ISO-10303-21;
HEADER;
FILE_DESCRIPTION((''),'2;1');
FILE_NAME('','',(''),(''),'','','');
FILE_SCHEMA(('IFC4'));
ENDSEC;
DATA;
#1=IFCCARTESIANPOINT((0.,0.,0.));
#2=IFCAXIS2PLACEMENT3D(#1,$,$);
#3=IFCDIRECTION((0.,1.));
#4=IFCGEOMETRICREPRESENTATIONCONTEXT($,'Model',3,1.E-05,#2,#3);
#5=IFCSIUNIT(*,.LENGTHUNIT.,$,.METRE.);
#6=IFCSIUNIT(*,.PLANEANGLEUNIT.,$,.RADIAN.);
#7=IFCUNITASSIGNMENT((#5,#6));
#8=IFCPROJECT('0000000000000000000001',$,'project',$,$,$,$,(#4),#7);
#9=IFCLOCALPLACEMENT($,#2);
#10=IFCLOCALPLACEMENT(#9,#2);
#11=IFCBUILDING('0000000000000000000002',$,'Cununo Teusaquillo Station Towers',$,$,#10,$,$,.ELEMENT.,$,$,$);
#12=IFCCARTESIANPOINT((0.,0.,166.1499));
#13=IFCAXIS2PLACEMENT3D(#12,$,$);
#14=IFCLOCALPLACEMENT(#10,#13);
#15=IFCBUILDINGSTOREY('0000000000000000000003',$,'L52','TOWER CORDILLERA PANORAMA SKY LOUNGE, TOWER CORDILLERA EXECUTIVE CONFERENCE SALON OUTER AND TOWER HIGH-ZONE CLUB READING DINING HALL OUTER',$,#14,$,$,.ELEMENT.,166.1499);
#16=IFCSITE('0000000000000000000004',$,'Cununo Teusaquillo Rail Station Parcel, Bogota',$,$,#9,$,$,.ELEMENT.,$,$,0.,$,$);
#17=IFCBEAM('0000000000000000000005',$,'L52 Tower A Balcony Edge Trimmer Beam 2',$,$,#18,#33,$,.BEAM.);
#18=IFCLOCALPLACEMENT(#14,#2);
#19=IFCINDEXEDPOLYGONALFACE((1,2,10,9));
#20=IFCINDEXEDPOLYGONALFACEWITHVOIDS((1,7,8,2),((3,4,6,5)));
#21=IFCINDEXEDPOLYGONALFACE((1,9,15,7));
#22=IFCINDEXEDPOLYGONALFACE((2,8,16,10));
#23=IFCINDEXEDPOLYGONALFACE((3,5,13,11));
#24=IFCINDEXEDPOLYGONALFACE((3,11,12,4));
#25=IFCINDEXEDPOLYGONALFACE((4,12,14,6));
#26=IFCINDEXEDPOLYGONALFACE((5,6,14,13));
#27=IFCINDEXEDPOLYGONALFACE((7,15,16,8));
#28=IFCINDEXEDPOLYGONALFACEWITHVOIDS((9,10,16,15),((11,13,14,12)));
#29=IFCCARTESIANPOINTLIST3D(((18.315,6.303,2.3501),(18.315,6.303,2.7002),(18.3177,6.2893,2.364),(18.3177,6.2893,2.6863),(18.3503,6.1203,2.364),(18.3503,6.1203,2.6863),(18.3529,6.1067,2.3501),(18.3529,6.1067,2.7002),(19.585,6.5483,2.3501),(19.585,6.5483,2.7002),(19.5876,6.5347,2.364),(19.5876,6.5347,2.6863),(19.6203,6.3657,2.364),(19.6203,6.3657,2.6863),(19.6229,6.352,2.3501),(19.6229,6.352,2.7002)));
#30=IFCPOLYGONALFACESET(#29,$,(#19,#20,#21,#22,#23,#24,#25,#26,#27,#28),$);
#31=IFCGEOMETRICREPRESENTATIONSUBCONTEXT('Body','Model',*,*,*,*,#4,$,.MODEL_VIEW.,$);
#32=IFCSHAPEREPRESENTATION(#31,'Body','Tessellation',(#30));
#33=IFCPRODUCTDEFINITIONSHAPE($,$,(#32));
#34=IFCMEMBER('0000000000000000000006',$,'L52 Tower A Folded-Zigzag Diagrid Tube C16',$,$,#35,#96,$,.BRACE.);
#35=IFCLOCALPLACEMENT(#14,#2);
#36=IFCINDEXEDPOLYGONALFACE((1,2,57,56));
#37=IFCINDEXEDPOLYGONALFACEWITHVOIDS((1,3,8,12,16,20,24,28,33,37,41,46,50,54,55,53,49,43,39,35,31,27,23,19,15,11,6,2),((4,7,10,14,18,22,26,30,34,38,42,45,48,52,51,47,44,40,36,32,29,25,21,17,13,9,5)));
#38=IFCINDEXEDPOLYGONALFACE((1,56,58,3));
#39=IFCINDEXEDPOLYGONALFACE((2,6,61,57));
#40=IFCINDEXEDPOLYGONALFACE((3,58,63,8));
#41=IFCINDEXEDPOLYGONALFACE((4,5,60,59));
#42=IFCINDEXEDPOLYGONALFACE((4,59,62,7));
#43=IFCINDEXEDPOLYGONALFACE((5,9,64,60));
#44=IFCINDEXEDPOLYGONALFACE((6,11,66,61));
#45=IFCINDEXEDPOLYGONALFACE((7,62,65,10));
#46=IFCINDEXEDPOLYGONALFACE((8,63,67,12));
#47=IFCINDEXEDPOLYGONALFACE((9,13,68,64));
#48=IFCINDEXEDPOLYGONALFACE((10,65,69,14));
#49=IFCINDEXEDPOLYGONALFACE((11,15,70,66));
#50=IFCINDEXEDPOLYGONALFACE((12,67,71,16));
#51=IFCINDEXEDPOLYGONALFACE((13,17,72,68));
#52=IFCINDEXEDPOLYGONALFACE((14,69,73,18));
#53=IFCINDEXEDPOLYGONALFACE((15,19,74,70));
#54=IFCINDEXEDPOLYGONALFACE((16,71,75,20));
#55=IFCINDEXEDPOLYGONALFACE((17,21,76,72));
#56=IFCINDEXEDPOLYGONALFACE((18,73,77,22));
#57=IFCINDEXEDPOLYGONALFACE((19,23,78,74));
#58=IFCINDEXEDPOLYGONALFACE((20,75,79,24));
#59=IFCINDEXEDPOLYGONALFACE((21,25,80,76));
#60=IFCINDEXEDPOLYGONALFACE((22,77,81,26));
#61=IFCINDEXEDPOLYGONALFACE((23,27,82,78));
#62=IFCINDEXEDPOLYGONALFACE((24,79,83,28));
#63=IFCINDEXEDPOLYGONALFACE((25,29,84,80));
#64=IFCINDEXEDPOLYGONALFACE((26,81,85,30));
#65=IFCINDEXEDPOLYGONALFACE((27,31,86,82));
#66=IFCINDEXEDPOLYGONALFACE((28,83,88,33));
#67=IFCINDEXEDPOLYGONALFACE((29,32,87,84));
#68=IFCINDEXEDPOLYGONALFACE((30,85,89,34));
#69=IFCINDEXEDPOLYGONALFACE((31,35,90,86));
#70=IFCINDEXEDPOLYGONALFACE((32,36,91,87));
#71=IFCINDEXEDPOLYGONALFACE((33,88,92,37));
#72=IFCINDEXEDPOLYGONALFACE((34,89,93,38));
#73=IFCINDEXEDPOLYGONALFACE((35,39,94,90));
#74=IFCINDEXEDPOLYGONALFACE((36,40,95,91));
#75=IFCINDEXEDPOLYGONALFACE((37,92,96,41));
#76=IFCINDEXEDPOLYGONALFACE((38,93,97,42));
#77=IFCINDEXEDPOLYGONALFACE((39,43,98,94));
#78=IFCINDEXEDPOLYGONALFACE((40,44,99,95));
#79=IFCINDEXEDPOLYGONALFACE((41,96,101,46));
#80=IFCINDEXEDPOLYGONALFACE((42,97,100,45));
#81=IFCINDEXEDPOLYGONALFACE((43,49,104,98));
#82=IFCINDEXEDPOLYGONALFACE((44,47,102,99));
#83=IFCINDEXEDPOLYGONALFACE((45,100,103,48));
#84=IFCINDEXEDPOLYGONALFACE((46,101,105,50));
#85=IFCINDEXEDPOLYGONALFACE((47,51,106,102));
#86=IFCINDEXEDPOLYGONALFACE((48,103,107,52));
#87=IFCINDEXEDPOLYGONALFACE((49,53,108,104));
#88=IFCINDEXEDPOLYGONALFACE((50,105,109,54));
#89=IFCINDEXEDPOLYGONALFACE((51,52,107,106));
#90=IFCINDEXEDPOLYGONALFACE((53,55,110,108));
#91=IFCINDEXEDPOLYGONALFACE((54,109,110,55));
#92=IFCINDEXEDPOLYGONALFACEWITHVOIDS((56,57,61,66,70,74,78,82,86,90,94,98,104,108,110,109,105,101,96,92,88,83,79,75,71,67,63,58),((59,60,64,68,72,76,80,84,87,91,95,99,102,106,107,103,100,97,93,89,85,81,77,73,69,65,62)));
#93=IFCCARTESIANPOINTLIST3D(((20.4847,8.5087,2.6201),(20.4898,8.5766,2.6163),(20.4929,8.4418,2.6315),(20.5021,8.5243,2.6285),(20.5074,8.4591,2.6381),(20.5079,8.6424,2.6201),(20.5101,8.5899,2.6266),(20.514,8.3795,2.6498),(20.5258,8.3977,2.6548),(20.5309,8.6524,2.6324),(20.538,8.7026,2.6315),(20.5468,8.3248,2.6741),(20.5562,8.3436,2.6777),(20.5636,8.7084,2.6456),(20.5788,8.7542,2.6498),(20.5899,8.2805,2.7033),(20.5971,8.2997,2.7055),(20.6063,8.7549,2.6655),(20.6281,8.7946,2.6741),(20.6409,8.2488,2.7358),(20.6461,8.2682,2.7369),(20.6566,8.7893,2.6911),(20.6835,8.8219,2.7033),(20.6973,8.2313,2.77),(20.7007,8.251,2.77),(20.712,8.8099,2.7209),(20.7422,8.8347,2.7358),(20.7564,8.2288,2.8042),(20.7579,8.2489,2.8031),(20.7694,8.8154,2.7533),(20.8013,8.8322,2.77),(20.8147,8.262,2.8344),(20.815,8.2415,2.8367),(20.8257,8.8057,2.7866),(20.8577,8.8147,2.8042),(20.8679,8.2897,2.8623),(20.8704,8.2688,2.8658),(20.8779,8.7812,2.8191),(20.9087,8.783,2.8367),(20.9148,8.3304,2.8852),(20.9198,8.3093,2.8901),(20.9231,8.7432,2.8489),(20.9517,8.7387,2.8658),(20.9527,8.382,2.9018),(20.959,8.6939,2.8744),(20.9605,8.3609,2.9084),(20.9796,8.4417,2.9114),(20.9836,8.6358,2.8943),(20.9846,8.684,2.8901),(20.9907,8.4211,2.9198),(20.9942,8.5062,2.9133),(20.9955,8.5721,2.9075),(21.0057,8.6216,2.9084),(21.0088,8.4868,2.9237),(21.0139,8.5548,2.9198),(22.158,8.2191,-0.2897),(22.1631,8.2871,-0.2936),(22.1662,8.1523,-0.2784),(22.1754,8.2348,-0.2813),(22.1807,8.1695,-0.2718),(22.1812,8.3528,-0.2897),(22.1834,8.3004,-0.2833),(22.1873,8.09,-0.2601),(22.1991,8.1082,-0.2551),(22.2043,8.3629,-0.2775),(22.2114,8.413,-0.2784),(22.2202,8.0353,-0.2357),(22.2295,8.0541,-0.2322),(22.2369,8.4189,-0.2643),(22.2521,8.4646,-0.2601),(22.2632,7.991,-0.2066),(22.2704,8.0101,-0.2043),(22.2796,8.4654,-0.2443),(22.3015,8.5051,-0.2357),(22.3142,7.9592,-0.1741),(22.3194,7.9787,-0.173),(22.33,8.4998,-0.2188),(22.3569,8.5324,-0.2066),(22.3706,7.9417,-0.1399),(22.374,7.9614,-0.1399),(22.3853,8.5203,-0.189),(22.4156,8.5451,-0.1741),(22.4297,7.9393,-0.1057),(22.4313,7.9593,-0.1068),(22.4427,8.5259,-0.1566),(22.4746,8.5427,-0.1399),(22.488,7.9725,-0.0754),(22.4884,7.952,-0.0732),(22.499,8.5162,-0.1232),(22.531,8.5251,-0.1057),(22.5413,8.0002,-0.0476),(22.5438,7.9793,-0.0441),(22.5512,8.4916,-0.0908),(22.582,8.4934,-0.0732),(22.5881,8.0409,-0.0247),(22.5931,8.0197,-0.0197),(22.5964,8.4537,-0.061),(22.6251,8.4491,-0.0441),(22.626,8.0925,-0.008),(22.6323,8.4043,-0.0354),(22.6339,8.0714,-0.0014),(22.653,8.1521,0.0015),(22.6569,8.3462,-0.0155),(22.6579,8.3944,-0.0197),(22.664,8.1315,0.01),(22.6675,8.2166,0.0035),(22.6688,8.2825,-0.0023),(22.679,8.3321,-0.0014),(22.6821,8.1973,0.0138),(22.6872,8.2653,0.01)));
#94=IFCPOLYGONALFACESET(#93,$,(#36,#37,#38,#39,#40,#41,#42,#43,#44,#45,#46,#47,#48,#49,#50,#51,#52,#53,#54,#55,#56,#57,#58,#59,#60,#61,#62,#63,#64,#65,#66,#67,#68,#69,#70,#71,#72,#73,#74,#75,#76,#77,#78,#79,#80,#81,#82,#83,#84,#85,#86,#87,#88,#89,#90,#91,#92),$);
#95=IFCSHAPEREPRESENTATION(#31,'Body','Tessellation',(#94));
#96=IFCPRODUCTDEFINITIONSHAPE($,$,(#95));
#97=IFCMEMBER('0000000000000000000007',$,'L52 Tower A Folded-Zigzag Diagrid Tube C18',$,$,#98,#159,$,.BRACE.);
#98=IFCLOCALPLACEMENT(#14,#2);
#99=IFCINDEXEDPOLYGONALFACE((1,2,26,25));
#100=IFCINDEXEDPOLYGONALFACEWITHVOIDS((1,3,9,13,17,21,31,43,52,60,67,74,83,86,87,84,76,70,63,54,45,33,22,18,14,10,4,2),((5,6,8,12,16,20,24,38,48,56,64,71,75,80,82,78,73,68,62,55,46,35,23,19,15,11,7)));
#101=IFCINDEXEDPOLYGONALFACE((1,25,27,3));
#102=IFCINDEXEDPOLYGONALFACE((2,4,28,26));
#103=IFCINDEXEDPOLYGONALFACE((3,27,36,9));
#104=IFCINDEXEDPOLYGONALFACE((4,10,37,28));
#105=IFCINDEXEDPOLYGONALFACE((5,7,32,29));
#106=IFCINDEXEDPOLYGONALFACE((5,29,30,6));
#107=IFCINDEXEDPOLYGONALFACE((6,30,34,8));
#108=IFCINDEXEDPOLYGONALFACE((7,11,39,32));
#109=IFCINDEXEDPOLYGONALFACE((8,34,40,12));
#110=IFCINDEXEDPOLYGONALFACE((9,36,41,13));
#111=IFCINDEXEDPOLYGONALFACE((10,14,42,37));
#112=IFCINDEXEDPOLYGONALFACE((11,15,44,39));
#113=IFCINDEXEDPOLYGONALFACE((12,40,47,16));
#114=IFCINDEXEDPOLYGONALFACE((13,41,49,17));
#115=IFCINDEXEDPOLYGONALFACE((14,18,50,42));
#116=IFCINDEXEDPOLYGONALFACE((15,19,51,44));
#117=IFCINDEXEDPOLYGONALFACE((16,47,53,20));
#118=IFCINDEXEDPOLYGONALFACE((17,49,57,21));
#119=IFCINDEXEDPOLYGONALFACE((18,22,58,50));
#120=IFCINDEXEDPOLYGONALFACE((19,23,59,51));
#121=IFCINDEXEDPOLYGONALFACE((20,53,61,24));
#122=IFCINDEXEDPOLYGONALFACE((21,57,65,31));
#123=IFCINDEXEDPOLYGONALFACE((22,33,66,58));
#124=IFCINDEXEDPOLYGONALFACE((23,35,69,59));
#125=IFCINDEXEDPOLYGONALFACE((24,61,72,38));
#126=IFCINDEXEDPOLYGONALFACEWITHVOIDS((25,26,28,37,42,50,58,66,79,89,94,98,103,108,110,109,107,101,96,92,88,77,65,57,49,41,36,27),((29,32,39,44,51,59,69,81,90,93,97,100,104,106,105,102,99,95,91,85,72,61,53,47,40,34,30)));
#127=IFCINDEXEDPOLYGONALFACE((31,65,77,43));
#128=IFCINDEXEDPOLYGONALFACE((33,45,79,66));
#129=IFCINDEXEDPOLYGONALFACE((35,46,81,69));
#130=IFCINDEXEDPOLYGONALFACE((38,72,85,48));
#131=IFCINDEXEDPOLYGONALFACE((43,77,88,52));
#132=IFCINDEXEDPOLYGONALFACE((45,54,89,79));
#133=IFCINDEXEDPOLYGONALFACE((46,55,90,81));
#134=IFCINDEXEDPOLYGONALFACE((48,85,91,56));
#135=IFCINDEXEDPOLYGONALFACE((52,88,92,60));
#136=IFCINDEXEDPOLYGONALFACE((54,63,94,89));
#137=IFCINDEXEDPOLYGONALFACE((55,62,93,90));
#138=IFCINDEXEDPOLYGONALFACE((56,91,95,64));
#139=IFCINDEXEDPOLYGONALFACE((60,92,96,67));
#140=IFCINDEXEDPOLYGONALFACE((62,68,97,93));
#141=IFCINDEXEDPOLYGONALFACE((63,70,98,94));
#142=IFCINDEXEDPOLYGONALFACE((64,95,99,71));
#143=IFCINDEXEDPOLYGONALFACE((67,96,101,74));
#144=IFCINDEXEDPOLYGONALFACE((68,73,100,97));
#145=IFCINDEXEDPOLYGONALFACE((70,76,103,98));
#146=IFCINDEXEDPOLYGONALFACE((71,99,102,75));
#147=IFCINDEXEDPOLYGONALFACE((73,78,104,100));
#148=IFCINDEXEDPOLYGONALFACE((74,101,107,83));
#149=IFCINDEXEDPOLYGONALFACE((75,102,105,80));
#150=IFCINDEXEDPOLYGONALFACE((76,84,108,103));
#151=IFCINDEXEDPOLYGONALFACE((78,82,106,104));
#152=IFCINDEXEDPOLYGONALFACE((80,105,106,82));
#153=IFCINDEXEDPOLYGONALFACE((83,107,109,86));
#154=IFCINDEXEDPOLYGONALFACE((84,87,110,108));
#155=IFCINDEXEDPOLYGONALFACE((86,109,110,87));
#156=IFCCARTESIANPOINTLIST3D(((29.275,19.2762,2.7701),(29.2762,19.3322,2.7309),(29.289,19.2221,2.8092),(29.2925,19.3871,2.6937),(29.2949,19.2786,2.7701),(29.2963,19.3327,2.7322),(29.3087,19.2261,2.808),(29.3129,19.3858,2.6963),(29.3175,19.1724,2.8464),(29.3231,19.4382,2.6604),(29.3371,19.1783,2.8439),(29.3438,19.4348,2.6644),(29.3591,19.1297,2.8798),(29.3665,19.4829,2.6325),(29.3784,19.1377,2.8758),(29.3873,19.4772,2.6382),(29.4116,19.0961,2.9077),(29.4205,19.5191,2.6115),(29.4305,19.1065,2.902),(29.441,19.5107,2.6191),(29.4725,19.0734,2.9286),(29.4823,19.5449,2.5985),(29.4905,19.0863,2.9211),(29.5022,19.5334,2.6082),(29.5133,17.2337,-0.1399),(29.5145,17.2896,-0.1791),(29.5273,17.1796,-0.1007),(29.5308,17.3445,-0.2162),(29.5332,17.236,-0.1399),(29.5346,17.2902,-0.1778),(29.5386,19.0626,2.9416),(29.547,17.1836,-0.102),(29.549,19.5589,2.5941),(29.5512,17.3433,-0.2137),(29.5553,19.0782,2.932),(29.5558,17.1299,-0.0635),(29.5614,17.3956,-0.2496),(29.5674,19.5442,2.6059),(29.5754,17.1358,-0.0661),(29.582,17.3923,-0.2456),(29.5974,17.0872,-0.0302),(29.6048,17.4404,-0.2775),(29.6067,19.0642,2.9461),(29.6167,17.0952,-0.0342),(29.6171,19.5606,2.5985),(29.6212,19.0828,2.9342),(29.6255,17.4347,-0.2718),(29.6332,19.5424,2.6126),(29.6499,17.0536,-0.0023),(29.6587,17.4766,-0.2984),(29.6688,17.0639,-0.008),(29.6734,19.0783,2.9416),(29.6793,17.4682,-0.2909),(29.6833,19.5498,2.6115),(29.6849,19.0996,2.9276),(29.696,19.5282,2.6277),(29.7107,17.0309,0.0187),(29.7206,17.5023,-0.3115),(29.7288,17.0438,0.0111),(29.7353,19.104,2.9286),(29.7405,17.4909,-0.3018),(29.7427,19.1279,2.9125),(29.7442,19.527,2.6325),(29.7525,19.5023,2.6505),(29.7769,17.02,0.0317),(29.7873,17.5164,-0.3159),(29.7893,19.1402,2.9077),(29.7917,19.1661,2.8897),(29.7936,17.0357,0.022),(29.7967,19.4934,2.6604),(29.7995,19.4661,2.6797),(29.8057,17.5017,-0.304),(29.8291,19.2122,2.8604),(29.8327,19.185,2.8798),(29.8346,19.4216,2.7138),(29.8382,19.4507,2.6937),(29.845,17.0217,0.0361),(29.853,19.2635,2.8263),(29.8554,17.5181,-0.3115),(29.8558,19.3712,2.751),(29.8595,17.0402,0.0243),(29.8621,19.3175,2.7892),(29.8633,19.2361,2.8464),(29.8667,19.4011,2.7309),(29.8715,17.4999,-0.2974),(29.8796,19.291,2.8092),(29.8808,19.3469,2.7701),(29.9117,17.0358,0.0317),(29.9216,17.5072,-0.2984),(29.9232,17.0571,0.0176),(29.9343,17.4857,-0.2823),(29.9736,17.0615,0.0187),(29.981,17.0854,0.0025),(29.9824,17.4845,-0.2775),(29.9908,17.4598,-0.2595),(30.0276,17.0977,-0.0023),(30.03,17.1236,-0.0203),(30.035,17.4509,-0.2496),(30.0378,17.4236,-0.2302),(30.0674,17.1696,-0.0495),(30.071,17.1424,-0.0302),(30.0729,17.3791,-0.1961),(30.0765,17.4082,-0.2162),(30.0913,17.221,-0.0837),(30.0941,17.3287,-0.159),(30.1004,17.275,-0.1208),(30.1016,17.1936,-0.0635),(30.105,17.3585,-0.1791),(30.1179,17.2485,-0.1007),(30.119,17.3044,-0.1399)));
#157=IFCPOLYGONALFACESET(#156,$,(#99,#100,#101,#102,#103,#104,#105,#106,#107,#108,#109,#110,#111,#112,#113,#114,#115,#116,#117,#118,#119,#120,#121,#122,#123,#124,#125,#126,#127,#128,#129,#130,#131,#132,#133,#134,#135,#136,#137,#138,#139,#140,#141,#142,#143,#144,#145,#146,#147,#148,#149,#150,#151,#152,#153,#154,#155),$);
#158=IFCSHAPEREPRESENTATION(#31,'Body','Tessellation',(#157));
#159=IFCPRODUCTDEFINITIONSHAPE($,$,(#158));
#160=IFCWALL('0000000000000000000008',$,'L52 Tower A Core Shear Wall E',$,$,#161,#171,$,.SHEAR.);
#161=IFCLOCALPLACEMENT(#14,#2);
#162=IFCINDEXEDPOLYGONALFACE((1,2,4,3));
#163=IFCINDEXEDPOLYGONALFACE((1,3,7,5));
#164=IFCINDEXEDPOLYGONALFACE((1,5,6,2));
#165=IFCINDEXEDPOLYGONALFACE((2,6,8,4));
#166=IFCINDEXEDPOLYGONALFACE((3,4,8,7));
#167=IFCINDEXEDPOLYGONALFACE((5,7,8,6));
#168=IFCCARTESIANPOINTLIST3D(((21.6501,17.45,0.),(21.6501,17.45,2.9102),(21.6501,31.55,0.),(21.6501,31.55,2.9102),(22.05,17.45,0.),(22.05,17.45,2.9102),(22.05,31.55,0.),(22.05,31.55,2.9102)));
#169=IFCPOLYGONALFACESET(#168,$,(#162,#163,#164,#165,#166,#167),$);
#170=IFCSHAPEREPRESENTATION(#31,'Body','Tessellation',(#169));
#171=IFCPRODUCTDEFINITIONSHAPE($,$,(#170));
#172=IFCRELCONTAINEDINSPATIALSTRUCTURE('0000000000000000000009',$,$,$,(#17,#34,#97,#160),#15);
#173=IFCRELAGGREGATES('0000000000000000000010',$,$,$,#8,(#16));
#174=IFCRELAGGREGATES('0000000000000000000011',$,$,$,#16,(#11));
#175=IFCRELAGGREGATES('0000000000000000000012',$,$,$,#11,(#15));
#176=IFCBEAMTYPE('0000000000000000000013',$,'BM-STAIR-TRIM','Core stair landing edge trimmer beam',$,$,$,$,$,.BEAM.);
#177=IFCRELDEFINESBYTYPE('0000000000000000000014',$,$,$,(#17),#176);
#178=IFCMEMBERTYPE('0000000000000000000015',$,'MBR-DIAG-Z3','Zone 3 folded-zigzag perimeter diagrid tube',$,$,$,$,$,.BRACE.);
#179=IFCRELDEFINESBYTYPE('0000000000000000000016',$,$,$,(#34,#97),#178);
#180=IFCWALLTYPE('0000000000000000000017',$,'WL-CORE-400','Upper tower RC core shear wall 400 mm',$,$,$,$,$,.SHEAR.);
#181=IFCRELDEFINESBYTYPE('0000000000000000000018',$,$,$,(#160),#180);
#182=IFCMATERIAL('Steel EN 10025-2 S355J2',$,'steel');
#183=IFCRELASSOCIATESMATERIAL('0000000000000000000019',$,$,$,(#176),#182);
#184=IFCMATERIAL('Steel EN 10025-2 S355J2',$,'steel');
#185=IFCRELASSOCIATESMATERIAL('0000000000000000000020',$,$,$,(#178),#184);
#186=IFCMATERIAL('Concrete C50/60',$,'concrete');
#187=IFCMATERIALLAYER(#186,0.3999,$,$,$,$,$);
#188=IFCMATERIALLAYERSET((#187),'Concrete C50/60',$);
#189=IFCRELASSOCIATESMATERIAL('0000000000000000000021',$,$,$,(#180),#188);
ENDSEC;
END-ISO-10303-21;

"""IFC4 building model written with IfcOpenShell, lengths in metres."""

from ifc_helpers import new_model, si_unit, direction, frame, frame_2d, origin, origin_2d, place, context, subcontext, project, spatial, rectangle, hollow_rectangle, hollow_circle, extrude, material, layer, layer_set, material_profile, profile_set, type_object, element, save


model = new_model("IFC4")

# Units and contexts
model_context = context("Model", 3, precision=1e-05, world=origin(), true_north=direction((0.0, 1.0)))
body_context = subcontext(model_context, "Body", "Model", "MODEL_VIEW")
ifc_project = project(units=[si_unit("LENGTHUNIT", "METRE"), si_unit("PLANEANGLEUNIT", "RADIAN")], contexts=[model_context])

# Site, building, storey
site_placement = place(None, origin())
site = spatial("IfcSite", under=ifc_project, at=site_placement, Name="Cununo Teusaquillo Rail Station Parcel, Bogota", CompositionType="ELEMENT", RefElevation=0.0)
building_placement = place(site_placement, origin())
building = spatial("IfcBuilding", under=site, at=building_placement, Name="Cununo Teusaquillo Station Towers", CompositionType="ELEMENT")
storey_placement = place(building_placement, frame((0.0, 0.0, 166.1499)))
storey = spatial("IfcBuildingStorey", under=building, at=storey_placement, Name="L52", Description="TOWER CORDILLERA PANORAMA SKY LOUNGE, TOWER CORDILLERA EXECUTIVE CONFERENCE SALON OUTER AND TOWER HIGH-ZONE CLUB READING DINING HALL OUTER", CompositionType="ELEMENT", Elevation=166.1499)

# Beam
ifc_material_1 = material(Name="Steel EN 10025-2 S355J2", Category="steel")
ifc_material_profile_1 = material_profile(ifc_material_1, hollow_rectangle(XDim=0.2, YDim=0.3501, WallThickness=0.0139, at=origin_2d()), Name="RHS 350x200x14")
ifc_profile_set_1 = profile_set([ifc_material_profile_1], Name="Steel EN 10025-2 S355J2")
beam_type_1 = type_object("IfcBeamType", Name="BM-STAIR-TRIM", Description="Core stair landing edge trimmer beam", PredefinedType="BEAM", material=ifc_profile_set_1)
beam_1_placement = place(storey_placement, frame((18.334, 6.2048, 2.5251), z_axis=(0.981845, 0.189687, 0.0), x_axis=(-0.189687, 0.981845, 0.0)))
element("IfcBeam", 1, at=beam_1_placement, inside=storey, type_object=beam_type_1, Name="L52 Tower A Balcony Edge Trimmer Beam 2", PredefinedType="BEAM", context=body_context, shape_type="SweptSolid", body=[
    extrude(hollow_rectangle(XDim=0.2, YDim=0.3501, WallThickness=0.0139, at=origin_2d()), origin(), (0.0, 0.0, 1.0), 1.2935),
])

# Members
ifc_material_2 = material(Name="Steel EN 10025-2 S355J2", Category="steel")
ifc_material_profile_2 = material_profile(ifc_material_2, hollow_circle(Radius=0.3049, WallThickness=0.02, at=origin_2d()), Name="CHS 610x20")
ifc_profile_set_2 = profile_set([ifc_material_profile_2], Name="Steel EN 10025-2 S355J2")
member_type = type_object("IfcMemberType", Name="MBR-DIAG-Z3", Description="Zone 3 folded-zigzag perimeter diagrid tube", PredefinedType="BRACE", material=ifc_profile_set_2)
member_1_placement = place(storey_placement, frame((22.4226, 8.2422, -0.1399), z_axis=(-0.496658, 0.085941, 0.863681), x_axis=(-0.170504, -0.985357, 0.0)))
element("IfcMember", 2, at=member_1_placement, inside=storey, type_object=member_type, Name="L52 Tower A Folded-Zigzag Diagrid Tube C16", PredefinedType="BRACE", context=body_context, shape_type="SweptSolid", body=[
    extrude(hollow_circle(Radius=0.3049, WallThickness=0.02, at=origin_2d()), origin(), (0.0, 0.0, 1.0), 3.3691),
])
member_2_placement = place(storey_placement, frame((29.8162, 17.269, -0.1399), z_axis=(-0.066874, 0.573222, 0.816667), x_axis=(-0.993264, -0.115877, 0.0)))
element("IfcMember", 3, at=member_2_placement, inside=storey, type_object=member_type, Name="L52 Tower A Folded-Zigzag Diagrid Tube C18", PredefinedType="BRACE", context=body_context, shape_type="SweptSolid", body=[
    extrude(hollow_circle(Radius=0.3049, WallThickness=0.02, at=origin_2d()), origin(), (0.0, 0.0, 1.0), 3.5632),
])

# Wall
ifc_material_3 = material(Name="Concrete C50/60", Category="concrete")
ifc_layer_1 = layer(ifc_material_3, 0.3999)
ifc_layer_set_1 = layer_set([ifc_layer_1], Name="Concrete C50/60")
wall_type_1 = type_object("IfcWallType", Name="WL-CORE-400", Description="Upper tower RC core shear wall 400 mm", PredefinedType="SHEAR", material=ifc_layer_set_1)
wall_1_placement = place(storey_placement, frame((21.8501, 17.45, 0.0), z_axis=(0.0, 0.0, 1.0), x_axis=(0.0, 1.0, 0.0)))
element("IfcWall", 4, at=wall_1_placement, inside=storey, type_object=wall_type_1, Name="L52 Tower A Core Shear Wall E", PredefinedType="SHEAR", context=body_context, shape_type="SweptSolid", body=[
    extrude(rectangle(XDim=14.1001, YDim=0.3999, at=frame_2d((7.05, 0.0))), origin(), (0.0, 0.0, 1.0), 2.9102),
])

save(model, "model.ifc")
